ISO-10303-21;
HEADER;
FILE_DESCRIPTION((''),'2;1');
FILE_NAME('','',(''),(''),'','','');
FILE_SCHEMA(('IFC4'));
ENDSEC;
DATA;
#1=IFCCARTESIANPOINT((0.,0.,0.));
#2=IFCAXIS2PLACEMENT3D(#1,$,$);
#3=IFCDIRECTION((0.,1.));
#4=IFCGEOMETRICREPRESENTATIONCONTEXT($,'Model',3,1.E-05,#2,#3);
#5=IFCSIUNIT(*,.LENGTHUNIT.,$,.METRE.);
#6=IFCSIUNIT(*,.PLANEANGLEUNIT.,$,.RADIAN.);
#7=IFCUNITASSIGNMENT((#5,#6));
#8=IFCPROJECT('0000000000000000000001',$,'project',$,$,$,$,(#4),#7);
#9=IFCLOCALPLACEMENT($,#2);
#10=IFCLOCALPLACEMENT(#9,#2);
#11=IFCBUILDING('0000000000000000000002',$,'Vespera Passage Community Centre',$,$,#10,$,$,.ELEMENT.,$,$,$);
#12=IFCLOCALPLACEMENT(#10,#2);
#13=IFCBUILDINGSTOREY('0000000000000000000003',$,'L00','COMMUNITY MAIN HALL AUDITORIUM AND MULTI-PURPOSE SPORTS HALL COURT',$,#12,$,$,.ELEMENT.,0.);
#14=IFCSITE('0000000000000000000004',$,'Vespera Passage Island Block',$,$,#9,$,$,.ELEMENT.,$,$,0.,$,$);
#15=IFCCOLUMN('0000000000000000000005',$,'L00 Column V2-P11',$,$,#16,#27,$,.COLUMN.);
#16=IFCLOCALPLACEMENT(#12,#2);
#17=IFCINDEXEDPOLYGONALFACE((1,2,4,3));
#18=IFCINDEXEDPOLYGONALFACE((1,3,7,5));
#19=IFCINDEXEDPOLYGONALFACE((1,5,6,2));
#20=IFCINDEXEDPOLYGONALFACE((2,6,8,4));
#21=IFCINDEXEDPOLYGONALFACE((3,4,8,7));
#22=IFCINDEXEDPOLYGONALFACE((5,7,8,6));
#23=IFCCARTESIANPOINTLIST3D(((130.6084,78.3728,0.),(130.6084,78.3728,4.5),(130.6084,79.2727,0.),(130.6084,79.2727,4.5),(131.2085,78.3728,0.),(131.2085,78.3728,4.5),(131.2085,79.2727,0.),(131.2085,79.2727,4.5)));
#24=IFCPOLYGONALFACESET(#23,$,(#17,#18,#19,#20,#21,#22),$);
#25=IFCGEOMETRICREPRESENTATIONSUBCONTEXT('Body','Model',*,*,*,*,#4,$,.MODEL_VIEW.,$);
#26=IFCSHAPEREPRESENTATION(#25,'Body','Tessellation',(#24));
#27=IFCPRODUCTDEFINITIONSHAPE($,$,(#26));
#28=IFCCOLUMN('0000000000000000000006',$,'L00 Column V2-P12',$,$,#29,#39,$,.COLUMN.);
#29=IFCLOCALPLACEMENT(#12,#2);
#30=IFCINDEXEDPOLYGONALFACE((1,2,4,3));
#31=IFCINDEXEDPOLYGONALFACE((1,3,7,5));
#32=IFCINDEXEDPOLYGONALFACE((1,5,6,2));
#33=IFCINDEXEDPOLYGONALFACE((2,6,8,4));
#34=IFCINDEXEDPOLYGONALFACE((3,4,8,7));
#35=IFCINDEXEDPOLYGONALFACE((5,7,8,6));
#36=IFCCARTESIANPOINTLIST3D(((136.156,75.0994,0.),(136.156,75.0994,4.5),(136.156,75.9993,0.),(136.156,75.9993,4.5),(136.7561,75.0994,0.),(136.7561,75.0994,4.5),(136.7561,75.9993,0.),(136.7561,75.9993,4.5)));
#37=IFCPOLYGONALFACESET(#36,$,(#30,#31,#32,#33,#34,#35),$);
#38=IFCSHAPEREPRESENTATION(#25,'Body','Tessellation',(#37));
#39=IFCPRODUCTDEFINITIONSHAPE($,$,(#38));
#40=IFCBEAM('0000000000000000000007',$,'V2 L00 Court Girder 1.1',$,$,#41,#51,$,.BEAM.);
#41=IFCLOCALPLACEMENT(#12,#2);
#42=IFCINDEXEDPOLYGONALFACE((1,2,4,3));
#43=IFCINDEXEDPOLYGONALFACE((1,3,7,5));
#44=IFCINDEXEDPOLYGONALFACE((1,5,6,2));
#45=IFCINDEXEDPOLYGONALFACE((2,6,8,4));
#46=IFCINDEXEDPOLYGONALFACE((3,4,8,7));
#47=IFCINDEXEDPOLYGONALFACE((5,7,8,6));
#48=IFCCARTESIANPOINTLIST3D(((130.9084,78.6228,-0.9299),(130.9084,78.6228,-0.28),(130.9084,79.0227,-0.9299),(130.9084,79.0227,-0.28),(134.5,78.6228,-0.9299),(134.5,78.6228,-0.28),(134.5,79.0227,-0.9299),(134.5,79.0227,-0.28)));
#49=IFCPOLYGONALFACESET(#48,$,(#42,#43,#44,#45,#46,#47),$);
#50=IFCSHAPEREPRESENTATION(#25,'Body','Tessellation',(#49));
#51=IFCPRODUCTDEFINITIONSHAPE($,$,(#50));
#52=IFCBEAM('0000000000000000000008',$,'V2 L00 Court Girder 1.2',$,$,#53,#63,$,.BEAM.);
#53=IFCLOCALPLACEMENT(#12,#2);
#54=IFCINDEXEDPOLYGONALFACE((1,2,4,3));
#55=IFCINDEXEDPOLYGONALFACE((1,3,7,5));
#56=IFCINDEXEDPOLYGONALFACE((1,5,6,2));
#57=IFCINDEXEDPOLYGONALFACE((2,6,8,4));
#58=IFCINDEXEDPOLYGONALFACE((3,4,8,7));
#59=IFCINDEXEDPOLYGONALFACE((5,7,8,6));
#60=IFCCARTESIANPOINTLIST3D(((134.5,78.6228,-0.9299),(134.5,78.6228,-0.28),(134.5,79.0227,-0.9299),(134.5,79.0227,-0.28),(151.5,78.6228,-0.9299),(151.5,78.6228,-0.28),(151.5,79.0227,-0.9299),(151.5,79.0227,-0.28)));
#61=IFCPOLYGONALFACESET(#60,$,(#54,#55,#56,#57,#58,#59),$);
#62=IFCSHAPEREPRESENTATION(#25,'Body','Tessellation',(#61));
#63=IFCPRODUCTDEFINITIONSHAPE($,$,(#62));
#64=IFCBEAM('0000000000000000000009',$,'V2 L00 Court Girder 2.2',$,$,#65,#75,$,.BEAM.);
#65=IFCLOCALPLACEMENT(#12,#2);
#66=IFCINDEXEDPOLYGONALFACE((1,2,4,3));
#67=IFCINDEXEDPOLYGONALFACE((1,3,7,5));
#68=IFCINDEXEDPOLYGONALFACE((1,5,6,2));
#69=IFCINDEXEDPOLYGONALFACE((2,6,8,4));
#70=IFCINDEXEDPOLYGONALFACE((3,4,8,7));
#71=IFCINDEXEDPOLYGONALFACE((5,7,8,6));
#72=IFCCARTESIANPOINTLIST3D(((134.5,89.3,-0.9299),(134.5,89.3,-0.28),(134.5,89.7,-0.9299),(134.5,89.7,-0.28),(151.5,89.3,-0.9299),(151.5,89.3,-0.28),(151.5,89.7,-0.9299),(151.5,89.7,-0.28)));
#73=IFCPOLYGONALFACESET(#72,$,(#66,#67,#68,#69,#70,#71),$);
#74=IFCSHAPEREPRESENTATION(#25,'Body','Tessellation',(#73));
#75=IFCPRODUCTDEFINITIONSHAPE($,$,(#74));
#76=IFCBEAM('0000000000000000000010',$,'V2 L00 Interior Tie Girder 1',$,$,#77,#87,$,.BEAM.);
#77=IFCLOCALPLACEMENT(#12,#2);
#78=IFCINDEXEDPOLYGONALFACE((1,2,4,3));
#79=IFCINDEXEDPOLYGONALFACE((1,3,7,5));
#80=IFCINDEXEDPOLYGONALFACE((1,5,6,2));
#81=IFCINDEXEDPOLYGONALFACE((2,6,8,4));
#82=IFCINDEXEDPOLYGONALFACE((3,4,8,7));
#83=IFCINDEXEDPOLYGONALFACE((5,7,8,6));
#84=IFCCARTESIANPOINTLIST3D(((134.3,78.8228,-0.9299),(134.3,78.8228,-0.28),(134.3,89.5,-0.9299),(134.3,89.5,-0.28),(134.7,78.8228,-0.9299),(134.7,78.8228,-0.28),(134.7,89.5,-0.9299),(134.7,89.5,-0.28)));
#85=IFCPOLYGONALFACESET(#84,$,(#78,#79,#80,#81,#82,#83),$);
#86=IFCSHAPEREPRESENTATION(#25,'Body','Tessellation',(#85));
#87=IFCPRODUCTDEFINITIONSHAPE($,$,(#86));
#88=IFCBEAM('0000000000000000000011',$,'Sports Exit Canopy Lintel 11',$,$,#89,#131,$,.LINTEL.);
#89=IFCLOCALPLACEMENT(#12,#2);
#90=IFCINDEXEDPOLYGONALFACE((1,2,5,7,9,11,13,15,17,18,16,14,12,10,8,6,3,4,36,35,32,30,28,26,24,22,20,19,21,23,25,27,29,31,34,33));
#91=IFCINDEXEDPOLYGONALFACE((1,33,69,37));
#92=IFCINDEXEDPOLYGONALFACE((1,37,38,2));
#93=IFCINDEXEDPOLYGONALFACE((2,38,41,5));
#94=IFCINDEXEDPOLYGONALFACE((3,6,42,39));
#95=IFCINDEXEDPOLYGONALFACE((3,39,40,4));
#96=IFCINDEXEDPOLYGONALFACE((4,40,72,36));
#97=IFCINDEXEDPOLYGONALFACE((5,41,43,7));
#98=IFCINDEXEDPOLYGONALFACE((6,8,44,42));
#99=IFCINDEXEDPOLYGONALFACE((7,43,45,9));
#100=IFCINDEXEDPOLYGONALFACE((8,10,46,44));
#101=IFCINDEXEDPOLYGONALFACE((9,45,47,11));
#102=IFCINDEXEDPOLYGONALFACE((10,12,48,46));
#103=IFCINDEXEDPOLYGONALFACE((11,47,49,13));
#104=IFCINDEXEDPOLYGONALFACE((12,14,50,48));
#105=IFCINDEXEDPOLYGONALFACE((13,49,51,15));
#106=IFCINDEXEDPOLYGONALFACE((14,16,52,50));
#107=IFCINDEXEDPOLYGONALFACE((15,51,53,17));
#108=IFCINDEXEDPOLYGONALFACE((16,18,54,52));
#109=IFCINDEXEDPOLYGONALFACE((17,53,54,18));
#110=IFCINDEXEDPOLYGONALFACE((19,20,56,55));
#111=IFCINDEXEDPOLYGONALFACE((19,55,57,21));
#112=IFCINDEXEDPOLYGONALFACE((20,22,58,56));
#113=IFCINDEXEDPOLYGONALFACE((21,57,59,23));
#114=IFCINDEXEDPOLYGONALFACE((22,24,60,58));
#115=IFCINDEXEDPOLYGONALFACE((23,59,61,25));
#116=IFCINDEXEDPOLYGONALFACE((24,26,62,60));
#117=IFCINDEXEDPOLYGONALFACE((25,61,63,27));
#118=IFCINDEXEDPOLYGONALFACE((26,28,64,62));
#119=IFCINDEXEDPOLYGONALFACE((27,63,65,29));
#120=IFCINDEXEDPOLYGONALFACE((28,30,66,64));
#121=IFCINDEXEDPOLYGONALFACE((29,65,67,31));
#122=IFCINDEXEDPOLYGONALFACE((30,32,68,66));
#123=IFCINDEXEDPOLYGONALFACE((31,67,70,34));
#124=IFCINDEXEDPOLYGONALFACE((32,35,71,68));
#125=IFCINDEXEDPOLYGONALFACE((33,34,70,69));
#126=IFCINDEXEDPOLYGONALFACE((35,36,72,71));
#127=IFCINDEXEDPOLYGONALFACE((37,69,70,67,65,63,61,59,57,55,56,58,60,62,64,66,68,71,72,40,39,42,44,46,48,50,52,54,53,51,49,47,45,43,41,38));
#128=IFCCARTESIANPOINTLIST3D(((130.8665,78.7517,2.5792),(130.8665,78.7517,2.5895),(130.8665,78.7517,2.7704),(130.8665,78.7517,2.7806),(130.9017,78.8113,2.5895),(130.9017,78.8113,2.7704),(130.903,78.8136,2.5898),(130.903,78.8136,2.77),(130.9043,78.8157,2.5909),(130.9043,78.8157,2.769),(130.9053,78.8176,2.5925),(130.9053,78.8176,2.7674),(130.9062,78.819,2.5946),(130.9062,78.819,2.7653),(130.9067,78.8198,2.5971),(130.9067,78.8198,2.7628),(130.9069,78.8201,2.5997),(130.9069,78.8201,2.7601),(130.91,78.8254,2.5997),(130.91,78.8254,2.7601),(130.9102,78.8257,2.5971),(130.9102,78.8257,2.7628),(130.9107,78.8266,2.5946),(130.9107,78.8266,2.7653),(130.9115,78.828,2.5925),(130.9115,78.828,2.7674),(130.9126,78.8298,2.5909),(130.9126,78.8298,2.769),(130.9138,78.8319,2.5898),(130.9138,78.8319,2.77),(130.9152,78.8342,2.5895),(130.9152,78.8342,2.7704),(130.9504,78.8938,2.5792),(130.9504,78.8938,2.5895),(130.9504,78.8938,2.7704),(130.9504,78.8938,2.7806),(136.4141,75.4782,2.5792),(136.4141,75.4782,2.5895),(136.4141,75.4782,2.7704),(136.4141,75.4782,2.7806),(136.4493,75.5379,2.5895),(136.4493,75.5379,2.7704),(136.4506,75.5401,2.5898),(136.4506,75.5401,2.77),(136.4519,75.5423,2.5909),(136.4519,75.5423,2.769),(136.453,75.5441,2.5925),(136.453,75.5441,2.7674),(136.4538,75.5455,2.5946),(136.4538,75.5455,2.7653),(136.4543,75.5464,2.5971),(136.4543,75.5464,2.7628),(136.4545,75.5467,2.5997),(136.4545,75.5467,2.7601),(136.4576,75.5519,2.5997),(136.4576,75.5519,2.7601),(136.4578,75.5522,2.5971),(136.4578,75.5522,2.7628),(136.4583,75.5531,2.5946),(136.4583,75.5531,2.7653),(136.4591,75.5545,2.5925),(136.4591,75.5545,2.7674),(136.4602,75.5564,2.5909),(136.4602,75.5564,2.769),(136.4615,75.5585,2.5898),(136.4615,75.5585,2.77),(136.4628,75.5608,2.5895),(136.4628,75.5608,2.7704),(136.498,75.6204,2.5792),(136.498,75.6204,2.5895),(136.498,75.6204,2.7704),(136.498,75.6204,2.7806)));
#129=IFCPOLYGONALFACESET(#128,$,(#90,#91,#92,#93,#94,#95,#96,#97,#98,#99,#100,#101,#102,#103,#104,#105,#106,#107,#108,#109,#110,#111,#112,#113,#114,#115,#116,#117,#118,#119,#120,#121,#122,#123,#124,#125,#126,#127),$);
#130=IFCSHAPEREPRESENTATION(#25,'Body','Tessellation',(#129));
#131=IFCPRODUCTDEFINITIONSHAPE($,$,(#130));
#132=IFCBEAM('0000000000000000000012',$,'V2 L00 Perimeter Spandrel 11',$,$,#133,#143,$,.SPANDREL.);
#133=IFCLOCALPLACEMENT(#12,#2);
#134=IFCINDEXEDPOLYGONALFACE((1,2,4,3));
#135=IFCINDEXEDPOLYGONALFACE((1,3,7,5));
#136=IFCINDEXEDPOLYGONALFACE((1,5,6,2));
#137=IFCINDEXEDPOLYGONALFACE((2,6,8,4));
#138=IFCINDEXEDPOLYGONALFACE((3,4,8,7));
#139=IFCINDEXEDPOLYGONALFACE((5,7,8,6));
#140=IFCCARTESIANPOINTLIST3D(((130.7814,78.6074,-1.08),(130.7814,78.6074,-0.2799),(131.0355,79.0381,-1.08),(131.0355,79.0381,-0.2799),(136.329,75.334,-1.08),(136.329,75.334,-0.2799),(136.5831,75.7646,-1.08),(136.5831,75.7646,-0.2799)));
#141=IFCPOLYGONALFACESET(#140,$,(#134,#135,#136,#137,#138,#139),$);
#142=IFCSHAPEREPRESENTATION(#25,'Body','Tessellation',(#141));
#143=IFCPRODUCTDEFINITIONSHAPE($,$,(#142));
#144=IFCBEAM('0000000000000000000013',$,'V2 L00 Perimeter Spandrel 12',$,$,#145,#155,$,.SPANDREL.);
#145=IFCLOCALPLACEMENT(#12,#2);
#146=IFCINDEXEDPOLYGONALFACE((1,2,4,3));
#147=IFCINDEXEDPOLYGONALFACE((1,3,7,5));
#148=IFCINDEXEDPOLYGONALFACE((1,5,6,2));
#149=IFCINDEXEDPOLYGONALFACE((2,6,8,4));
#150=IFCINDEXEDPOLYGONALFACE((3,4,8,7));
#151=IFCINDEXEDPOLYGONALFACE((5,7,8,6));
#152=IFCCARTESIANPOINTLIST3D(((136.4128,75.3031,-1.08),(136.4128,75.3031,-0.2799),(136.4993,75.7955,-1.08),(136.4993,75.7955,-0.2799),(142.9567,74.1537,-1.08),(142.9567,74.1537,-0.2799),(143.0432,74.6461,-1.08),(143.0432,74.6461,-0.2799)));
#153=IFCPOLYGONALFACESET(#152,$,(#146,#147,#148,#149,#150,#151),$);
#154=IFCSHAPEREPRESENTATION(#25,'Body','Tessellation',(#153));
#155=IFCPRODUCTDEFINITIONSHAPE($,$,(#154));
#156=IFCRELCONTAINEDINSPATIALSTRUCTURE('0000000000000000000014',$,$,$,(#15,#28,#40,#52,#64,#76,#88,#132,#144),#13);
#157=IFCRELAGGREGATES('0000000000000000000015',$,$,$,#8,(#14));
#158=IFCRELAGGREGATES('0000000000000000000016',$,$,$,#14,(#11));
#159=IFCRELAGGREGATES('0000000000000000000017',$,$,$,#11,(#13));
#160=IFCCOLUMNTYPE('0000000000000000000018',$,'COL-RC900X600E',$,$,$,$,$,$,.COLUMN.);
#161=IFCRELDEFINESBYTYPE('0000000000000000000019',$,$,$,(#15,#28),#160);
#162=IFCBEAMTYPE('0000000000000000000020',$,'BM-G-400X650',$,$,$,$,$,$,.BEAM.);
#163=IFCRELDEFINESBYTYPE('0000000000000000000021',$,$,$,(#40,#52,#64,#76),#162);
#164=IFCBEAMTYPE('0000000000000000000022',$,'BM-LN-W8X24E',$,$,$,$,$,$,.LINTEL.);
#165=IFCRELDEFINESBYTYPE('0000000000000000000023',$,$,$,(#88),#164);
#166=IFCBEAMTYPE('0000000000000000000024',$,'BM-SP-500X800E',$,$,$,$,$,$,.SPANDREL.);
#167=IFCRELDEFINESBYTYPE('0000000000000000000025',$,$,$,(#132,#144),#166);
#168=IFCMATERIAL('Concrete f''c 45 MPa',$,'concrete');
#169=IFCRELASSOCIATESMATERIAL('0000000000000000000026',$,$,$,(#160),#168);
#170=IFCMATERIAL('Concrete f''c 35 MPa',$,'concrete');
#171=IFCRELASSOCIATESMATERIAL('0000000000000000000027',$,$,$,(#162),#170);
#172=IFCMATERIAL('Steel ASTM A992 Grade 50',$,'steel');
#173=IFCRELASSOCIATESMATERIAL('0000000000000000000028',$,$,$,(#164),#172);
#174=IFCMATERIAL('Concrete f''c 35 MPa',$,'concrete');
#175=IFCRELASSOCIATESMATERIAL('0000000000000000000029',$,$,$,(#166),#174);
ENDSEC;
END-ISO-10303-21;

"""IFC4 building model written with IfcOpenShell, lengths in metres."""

from ifc_helpers import new_model, si_unit, direction, frame, origin, origin_2d, place, context, subcontext, project, spatial, rectangle, i_section, extrude, material, material_profile, profile_set, type_object, element, save


model = new_model("IFC4")

# Units and contexts
model_context = context("Model", 3, precision=1e-05, world=origin(), true_north=direction((0.0, 1.0)))
body_context = subcontext(model_context, "Body", "Model", "MODEL_VIEW")
ifc_project = project(units=[si_unit("LENGTHUNIT", "METRE"), si_unit("PLANEANGLEUNIT", "RADIAN")], contexts=[model_context])

# Site, building, storey
site_placement = place(None, origin())
site = spatial("IfcSite", under=ifc_project, at=site_placement, Name="Vespera Passage Island Block", CompositionType="ELEMENT", RefElevation=0.0)
building_placement = place(site_placement, origin())
building = spatial("IfcBuilding", under=site, at=building_placement, Name="Vespera Passage Community Centre", CompositionType="ELEMENT")
storey_placement = place(building_placement, origin())
storey = spatial("IfcBuildingStorey", under=building, at=storey_placement, Name="L00", Description="COMMUNITY MAIN HALL AUDITORIUM AND MULTI-PURPOSE SPORTS HALL COURT", CompositionType="ELEMENT", Elevation=0.0)

# Columns
ifc_material_1 = material(Name="Concrete f'c 45 MPa", Category="concrete")
ifc_material_profile_1 = material_profile(ifc_material_1, rectangle(XDim=0.6001, YDim=0.8999, at=origin_2d()), Name="RC900X600")
ifc_profile_set_1 = profile_set([ifc_material_profile_1], Name="Concrete f'c 45 MPa")
column_type = type_object("IfcColumnType", Name="COL-RC900X600E", PredefinedType="COLUMN", material=ifc_profile_set_1)
for number, where, z_axis, x_axis, name in (
    (1, (130.9084, 78.8228, 0.0), (0.0, 0.0, 1.0), (1.0, 0.0, 0.0), "L00 Column V2-P11"),
    (2, (136.4561, 75.5493, 0.0), (0.0, 0.0, 1.0), (1.0, 0.0, 0.0), "L00 Column V2-P12"),
):
    element("IfcColumn", number, at=place(storey_placement, frame(where, z_axis=z_axis, x_axis=x_axis)), inside=storey, type_object=column_type, Name=name, PredefinedType="COLUMN", context=body_context, shape_type="SweptSolid", body=[
        extrude(rectangle(XDim=0.6001, YDim=0.8999, at=origin_2d()), origin(), (0.0, 0.0, 1.0), 4.5),
    ])

# Beams
ifc_material_2 = material(Name="Concrete f'c 35 MPa", Category="concrete")
ifc_material_profile_2 = material_profile(ifc_material_2, rectangle(XDim=0.3999, YDim=0.6499, at=origin_2d()), Name="RC400X650")
ifc_profile_set_2 = profile_set([ifc_material_profile_2], Name="Concrete f'c 35 MPa")
beam_type_1 = type_object("IfcBeamType", Name="BM-G-400X650", PredefinedType="BEAM", material=ifc_profile_set_2)
beam_1_placement = place(storey_placement, frame((130.9084, 78.8228, -0.605), z_axis=(1.0, 0.0, 0.0), x_axis=(0.0, 1.0, 0.0)))
element("IfcBeam", 3, at=beam_1_placement, inside=storey, type_object=beam_type_1, Name="V2 L00 Court Girder 1.1", PredefinedType="BEAM", context=body_context, shape_type="SweptSolid", body=[
    extrude(rectangle(XDim=0.3999, YDim=0.6499, at=origin_2d()), origin(), (0.0, 0.0, 1.0), 3.5916),
])
for number, where, z_axis, x_axis, name in (
    (4, (134.5, 78.8228, -0.605), (1.0, 0.0, 0.0), (0.0, 1.0, 0.0), "V2 L00 Court Girder 1.2"),
    (5, (134.5, 89.5, -0.605), (1.0, 0.0, 0.0), (0.0, 1.0, 0.0), "V2 L00 Court Girder 2.2"),
):
    element("IfcBeam", number, at=place(storey_placement, frame(where, z_axis=z_axis, x_axis=x_axis)), inside=storey, type_object=beam_type_1, Name=name, PredefinedType="BEAM", context=body_context, shape_type="SweptSolid", body=[
        extrude(rectangle(XDim=0.3999, YDim=0.6499, at=origin_2d()), origin(), (0.0, 0.0, 1.0), 17.0),
    ])
beam_2_placement = place(storey_placement, frame((134.5, 78.8228, -0.605), z_axis=(0.0, 1.0, 0.0), x_axis=(-1.0, 0.0, 0.0)))
element("IfcBeam", 6, at=beam_2_placement, inside=storey, type_object=beam_type_1, Name="V2 L00 Interior Tie Girder 1", PredefinedType="BEAM", context=body_context, shape_type="SweptSolid", body=[
    extrude(rectangle(XDim=0.3999, YDim=0.6499, at=origin_2d()), origin(), (0.0, 0.0, 1.0), 10.6772),
])
ifc_material_3 = material(Name="Steel ASTM A992 Grade 50", Category="steel")
ifc_material_profile_3 = material_profile(ifc_material_3, i_section(OverallWidth=0.165, OverallDepth=0.2014, WebThickness=0.0061, FlangeThickness=0.0103, FilletRadius=0.0103, at=origin_2d()), Name="W8X24")
ifc_profile_set_3 = profile_set([ifc_material_profile_3], Name="Steel ASTM A992 Grade 50")
beam_type_2 = type_object("IfcBeamType", Name="BM-LN-W8X24E", PredefinedType="LINTEL", material=ifc_profile_set_3)
beam_3_placement = place(storey_placement, frame((136.4561, 75.5493, 2.6799), z_axis=(-0.861246, 0.508189, 0.0), x_axis=(-0.508189, -0.861246, 0.0)))
element("IfcBeam", 7, at=beam_3_placement, inside=storey, type_object=beam_type_2, Name="Sports Exit Canopy Lintel 11", PredefinedType="LINTEL", context=body_context, shape_type="SweptSolid", body=[
    extrude(i_section(OverallWidth=0.165, OverallDepth=0.2014, WebThickness=0.0061, FlangeThickness=0.0103, FilletRadius=0.0103, at=origin_2d()), origin(), (0.0, 0.0, 1.0), 6.4414),
])
ifc_material_4 = material(Name="Concrete f'c 35 MPa", Category="concrete")
ifc_material_profile_4 = material_profile(ifc_material_4, rectangle(XDim=0.5, YDim=0.8, at=origin_2d()), Name="RC500X800")
ifc_profile_set_4 = profile_set([ifc_material_profile_4], Name="Concrete f'c 35 MPa")
beam_type_3 = type_object("IfcBeamType", Name="BM-SP-500X800E", PredefinedType="SPANDREL", material=ifc_profile_set_4)
beam_4_placement = place(storey_placement, frame((130.9084, 78.8228, -0.6799), z_axis=(0.861246, -0.508189, 0.0), x_axis=(0.508189, 0.861246, 0.0)))
element("IfcBeam", 8, at=beam_4_placement, inside=storey, type_object=beam_type_3, Name="V2 L00 Perimeter Spandrel 11", PredefinedType="SPANDREL", context=body_context, shape_type="SweptSolid", body=[
    extrude(rectangle(XDim=0.5, YDim=0.8, at=origin_2d()), origin(), (0.0, 0.0, 1.0), 6.4414),
])
beam_5_placement = place(storey_placement, frame((136.4561, 75.5493, -0.6799), z_axis=(0.984922, -0.172997, 0.0), x_axis=(0.172997, 0.984922, 0.0)))
element("IfcBeam", 9, at=beam_5_placement, inside=storey, type_object=beam_type_3, Name="V2 L00 Perimeter Spandrel 12", PredefinedType="SPANDREL", context=body_context, shape_type="SweptSolid", body=[
    extrude(rectangle(XDim=0.5, YDim=0.8, at=origin_2d()), origin(), (0.0, 0.0, 1.0), 6.644),
])

save(model, "model.ifc")
